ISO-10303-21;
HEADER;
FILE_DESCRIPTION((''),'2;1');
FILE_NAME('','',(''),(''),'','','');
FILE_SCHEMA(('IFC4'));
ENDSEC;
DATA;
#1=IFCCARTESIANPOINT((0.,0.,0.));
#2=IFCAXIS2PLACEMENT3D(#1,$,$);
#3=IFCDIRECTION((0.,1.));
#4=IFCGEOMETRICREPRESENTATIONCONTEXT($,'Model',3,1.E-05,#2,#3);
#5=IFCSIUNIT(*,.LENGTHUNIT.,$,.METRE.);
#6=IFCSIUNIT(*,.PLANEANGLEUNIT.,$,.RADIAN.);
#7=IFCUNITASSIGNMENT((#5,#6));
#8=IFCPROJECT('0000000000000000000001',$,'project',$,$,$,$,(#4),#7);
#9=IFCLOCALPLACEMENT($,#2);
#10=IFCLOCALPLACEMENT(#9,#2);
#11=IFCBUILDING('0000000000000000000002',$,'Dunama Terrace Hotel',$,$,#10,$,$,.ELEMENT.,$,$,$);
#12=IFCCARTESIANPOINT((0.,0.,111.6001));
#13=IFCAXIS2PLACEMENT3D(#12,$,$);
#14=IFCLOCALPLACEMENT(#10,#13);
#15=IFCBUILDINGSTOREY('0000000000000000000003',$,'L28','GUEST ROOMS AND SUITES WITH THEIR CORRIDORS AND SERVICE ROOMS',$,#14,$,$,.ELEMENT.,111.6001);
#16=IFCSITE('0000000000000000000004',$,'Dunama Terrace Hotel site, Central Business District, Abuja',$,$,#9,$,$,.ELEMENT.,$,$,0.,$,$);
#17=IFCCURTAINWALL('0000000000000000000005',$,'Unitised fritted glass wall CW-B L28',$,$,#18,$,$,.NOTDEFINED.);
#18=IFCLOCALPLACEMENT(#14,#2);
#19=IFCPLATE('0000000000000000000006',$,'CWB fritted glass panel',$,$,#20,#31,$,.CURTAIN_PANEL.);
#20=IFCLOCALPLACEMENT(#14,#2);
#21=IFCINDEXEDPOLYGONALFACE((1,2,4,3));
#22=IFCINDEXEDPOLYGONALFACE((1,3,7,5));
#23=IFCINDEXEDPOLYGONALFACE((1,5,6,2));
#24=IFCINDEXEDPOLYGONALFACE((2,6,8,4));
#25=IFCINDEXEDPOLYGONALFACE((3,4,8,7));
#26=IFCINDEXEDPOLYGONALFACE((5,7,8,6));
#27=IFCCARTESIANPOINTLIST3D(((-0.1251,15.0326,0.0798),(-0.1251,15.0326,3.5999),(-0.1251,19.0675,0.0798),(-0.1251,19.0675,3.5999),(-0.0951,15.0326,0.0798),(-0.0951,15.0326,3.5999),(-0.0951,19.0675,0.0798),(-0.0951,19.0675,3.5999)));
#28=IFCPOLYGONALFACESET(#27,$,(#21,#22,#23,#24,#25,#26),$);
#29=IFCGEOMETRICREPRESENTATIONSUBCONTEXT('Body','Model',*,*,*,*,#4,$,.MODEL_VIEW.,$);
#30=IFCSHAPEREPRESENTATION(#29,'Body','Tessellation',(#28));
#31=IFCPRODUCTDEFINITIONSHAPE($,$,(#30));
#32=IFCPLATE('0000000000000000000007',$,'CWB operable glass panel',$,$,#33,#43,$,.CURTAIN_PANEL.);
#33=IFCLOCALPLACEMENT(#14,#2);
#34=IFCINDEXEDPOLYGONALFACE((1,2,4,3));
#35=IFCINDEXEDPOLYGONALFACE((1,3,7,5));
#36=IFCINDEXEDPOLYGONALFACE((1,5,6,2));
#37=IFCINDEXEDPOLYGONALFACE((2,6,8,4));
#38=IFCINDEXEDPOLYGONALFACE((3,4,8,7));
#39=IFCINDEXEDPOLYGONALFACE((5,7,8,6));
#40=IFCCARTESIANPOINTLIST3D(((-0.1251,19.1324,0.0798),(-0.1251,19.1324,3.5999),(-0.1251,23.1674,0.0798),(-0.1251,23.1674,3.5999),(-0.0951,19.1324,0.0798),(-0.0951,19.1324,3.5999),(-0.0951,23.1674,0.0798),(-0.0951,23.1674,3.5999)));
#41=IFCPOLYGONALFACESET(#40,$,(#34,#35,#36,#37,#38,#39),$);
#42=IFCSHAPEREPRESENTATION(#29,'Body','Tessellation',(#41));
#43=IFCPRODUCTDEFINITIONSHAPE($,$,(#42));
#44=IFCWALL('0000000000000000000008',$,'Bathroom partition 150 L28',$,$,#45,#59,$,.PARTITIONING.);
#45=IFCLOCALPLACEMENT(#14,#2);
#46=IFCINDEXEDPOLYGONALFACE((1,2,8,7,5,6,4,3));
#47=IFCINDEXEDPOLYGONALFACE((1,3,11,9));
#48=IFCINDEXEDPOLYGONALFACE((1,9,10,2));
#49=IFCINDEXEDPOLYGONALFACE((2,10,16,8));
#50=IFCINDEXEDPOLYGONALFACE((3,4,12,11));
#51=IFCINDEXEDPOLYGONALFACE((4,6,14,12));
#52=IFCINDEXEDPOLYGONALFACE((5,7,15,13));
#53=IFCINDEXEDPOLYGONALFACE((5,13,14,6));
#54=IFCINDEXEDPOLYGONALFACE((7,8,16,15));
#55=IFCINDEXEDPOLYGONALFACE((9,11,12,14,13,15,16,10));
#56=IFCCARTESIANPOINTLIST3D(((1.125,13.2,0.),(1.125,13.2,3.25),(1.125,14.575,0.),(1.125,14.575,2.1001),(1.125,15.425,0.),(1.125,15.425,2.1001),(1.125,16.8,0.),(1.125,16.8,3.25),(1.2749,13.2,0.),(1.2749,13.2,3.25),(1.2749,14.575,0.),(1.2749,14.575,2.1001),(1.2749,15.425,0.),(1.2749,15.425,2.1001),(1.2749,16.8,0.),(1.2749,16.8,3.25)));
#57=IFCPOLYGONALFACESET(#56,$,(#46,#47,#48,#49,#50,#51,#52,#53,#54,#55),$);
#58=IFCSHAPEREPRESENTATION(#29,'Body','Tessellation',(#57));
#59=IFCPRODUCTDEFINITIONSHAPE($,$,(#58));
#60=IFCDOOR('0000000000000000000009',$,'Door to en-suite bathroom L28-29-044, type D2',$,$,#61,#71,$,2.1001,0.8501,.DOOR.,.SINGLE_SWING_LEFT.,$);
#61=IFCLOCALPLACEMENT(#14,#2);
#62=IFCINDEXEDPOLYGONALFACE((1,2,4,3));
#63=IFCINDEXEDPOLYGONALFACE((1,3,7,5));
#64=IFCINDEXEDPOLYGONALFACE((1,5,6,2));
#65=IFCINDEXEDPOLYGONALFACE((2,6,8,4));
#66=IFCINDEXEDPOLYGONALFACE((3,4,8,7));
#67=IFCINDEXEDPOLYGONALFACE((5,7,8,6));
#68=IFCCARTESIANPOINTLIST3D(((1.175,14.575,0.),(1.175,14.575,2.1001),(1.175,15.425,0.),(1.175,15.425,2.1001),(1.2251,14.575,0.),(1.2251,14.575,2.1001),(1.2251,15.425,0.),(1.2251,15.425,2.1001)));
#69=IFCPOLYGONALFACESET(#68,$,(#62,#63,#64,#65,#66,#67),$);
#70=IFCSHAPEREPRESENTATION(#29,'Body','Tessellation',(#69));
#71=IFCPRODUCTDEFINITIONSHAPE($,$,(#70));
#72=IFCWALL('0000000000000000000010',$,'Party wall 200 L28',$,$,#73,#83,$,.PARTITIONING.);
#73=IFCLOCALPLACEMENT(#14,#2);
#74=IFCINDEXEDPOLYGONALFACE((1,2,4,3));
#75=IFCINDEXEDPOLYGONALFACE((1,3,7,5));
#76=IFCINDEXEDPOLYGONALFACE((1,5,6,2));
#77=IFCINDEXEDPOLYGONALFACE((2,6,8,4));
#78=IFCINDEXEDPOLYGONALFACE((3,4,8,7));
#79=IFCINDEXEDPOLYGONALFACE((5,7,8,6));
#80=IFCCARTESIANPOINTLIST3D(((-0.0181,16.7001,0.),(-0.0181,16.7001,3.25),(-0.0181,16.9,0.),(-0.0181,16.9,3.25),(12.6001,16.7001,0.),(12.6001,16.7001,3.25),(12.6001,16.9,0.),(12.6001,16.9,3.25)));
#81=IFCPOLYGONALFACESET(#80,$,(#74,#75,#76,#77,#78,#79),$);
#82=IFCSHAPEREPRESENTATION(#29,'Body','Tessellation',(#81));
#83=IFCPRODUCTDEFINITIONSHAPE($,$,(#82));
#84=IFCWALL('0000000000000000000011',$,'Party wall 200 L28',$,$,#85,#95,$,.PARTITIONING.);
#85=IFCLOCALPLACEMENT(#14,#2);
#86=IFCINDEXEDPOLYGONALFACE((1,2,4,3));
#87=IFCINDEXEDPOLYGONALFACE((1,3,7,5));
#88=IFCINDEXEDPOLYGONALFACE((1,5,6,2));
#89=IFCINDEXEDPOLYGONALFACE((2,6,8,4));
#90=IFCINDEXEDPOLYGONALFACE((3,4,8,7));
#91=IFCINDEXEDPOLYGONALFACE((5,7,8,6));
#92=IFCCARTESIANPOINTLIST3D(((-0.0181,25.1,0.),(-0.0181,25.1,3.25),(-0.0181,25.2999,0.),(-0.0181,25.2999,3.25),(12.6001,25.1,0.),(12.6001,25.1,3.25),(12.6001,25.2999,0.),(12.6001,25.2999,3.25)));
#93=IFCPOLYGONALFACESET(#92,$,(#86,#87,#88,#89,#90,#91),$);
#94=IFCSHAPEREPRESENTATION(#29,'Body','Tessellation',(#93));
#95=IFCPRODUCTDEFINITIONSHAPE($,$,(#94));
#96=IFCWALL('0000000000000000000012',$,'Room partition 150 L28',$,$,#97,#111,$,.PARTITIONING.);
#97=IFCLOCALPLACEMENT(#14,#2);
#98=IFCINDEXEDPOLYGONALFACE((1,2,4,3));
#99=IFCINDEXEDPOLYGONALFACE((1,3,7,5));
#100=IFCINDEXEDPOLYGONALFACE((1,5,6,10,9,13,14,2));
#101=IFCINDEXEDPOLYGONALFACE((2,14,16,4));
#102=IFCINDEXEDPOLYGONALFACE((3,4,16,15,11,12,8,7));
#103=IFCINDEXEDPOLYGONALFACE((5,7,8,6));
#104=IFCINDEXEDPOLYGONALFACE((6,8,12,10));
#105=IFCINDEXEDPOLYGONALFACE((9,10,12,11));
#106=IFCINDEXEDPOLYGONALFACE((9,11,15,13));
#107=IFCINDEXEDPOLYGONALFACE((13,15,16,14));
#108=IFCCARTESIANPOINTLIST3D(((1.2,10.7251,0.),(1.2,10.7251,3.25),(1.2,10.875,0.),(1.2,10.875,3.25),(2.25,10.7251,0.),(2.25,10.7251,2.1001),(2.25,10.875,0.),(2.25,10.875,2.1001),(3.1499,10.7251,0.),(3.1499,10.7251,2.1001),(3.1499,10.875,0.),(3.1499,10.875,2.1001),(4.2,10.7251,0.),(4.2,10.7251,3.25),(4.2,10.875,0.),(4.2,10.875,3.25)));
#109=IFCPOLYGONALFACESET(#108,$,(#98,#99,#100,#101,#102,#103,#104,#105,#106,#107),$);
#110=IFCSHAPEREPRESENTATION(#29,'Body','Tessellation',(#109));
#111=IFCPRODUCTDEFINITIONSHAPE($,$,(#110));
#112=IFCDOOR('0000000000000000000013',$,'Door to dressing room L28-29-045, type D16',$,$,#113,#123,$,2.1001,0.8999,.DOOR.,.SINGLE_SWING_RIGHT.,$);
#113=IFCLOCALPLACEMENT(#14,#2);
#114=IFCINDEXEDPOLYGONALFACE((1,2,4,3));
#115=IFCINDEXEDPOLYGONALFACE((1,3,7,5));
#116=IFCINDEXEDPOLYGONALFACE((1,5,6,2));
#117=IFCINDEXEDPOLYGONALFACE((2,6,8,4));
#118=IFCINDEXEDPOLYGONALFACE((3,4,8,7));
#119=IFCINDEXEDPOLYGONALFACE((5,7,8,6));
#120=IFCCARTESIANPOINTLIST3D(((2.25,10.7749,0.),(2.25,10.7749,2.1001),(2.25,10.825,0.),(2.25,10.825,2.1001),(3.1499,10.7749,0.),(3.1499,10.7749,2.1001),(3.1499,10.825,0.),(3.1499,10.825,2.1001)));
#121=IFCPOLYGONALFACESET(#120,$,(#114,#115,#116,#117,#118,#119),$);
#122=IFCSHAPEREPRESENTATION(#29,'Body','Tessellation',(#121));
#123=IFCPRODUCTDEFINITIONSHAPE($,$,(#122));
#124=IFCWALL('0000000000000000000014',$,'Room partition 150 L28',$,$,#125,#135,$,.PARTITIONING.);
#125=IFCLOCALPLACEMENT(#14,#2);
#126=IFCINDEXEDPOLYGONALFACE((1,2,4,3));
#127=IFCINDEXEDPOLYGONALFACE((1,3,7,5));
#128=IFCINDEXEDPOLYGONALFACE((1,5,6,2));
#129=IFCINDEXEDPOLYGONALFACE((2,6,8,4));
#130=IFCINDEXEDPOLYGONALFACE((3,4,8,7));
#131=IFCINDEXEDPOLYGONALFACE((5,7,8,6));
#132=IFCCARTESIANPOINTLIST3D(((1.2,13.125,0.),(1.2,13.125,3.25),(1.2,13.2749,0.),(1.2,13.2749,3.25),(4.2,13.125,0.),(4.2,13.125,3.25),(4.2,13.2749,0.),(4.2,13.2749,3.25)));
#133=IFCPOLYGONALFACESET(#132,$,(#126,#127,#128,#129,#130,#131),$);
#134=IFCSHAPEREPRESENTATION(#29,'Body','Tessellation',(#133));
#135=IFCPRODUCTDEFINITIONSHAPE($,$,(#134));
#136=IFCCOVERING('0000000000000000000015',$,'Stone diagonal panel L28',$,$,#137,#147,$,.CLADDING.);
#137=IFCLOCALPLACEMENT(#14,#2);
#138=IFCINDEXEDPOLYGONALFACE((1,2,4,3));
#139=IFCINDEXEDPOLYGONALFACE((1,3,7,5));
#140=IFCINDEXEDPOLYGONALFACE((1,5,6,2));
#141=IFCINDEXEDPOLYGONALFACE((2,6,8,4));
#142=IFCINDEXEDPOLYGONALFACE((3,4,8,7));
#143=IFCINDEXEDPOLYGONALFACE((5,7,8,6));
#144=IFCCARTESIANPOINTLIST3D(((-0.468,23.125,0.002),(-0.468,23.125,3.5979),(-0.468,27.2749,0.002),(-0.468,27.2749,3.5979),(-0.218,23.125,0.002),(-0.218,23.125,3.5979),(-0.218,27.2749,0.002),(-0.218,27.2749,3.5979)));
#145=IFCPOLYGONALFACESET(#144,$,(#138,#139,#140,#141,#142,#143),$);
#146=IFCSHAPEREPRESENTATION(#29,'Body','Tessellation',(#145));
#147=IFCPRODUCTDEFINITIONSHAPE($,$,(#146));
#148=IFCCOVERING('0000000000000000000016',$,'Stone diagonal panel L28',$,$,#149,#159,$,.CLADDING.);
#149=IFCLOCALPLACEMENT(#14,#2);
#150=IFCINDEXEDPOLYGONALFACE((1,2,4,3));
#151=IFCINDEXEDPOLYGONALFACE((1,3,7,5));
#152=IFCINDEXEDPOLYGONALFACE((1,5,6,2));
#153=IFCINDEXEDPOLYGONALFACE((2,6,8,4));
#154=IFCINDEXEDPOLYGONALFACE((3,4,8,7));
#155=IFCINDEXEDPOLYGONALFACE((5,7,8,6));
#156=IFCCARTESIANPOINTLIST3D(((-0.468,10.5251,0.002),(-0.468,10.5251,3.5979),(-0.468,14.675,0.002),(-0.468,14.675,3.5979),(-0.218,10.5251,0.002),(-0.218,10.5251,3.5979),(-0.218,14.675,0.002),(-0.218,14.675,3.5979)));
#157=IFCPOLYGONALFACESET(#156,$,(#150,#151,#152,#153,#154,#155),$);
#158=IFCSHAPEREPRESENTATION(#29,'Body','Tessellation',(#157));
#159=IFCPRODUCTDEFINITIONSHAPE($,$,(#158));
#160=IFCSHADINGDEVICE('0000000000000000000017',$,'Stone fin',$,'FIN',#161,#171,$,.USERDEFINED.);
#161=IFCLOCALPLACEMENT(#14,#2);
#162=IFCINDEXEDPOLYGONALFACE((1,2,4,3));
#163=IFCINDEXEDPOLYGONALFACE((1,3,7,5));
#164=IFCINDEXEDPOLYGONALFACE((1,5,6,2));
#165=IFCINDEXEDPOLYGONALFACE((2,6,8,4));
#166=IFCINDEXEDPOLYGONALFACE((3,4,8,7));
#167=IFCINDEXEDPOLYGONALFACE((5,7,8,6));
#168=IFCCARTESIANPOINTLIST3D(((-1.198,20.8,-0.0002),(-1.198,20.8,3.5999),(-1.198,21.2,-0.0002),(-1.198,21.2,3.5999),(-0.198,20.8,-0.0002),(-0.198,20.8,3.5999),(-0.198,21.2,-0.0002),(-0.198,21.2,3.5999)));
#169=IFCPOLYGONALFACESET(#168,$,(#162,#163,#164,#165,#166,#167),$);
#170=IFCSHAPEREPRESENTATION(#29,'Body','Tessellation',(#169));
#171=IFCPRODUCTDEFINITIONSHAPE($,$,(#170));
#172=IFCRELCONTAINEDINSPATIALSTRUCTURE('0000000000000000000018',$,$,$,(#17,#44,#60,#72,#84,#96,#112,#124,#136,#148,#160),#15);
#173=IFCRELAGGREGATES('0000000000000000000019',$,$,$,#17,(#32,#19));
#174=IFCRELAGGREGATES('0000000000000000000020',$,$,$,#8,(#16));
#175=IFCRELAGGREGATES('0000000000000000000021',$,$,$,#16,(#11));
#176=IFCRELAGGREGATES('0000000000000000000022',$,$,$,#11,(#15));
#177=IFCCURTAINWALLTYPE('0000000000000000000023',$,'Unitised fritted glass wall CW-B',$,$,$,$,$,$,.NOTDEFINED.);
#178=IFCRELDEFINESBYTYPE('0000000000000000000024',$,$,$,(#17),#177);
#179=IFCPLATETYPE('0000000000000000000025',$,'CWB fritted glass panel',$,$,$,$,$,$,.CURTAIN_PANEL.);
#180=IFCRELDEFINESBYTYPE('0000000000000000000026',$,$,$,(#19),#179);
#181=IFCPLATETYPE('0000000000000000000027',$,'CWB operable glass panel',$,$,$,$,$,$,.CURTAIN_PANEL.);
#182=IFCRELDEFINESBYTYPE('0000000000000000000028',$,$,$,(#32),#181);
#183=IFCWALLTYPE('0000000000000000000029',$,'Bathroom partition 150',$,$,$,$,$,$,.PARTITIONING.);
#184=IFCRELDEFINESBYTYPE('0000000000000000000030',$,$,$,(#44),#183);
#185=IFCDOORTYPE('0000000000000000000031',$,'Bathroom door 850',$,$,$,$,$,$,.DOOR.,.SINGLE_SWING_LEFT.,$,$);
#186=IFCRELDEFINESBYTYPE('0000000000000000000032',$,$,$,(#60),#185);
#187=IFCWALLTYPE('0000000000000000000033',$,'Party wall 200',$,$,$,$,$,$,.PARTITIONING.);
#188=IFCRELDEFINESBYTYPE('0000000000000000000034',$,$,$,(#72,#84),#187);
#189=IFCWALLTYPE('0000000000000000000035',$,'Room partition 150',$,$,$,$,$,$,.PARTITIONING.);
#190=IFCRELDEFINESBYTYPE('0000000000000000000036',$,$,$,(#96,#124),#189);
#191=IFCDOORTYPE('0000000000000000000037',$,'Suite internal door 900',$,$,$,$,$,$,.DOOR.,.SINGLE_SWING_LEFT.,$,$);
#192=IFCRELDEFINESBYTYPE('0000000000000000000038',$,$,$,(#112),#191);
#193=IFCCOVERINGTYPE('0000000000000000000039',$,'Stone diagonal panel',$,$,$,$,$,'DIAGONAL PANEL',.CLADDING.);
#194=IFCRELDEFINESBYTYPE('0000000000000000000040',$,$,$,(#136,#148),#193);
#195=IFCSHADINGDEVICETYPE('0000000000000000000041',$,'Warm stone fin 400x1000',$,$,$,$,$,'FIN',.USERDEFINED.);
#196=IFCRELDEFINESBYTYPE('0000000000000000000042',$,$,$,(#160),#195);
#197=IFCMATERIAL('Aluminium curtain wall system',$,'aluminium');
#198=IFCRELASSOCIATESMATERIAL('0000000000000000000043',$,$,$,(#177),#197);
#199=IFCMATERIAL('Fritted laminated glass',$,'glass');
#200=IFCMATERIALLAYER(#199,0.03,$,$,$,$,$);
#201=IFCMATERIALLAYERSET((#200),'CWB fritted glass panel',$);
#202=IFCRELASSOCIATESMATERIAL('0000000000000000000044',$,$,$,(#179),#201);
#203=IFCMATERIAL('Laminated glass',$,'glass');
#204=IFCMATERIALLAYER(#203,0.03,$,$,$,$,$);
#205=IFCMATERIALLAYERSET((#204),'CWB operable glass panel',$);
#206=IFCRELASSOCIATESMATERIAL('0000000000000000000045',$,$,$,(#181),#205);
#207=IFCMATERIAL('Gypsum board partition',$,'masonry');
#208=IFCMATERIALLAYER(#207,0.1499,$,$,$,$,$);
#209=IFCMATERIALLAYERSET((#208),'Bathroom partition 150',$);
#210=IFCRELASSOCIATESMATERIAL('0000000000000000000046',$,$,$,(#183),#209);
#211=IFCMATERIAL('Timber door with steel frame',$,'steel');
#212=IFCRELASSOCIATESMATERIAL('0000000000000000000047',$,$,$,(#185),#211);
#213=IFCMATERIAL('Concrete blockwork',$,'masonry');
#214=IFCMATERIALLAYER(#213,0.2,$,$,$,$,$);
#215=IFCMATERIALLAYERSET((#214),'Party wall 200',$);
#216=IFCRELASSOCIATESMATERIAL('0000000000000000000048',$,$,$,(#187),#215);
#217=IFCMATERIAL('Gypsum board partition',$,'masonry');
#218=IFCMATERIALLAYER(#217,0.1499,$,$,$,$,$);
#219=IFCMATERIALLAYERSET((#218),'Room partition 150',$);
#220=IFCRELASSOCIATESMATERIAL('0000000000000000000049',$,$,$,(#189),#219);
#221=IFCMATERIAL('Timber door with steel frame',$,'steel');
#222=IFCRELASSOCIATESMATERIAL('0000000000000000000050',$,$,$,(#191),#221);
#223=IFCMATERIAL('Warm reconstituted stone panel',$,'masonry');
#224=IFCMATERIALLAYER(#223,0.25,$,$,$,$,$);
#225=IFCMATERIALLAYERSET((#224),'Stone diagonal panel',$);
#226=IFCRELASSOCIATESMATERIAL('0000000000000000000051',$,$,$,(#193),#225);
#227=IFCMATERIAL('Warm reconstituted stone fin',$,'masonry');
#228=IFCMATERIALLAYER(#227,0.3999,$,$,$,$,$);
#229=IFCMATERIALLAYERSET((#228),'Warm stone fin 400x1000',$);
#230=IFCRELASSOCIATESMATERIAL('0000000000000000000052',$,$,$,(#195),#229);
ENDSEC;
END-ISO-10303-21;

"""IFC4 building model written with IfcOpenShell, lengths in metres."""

from ifc_helpers import new_model, si_unit, direction, frame, frame_2d, origin, origin_2d, place, context, subcontext, project, spatial, rectangle, extrude, material, layer, layer_set, type_object, element, fill, aggregate, save


model = new_model("IFC4")

# Units and contexts
model_context = context("Model", 3, precision=1e-05, world=origin(), true_north=direction((0.0, 1.0)))
body_context = subcontext(model_context, "Body", "Model", "MODEL_VIEW")
ifc_project = project(units=[si_unit("LENGTHUNIT", "METRE"), si_unit("PLANEANGLEUNIT", "RADIAN")], contexts=[model_context])

# Site, building, storey
site_placement = place(None, origin())
site = spatial("IfcSite", under=ifc_project, at=site_placement, Name="Dunama Terrace Hotel site, Central Business District, Abuja", CompositionType="ELEMENT", RefElevation=0.0)
building_placement = place(site_placement, origin())
building = spatial("IfcBuilding", under=site, at=building_placement, Name="Dunama Terrace Hotel", CompositionType="ELEMENT")
storey_placement = place(building_placement, frame((0.0, 0.0, 111.6001)))
storey = spatial("IfcBuildingStorey", under=building, at=storey_placement, Name="L28", Description="GUEST ROOMS AND SUITES WITH THEIR CORRIDORS AND SERVICE ROOMS", CompositionType="ELEMENT", Elevation=111.6001)

# Curtain wall
ifc_material_1 = material(Name="Aluminium curtain wall system", Category="aluminium")
curtain_wall_type = type_object("IfcCurtainWallType", Name="Unitised fritted glass wall CW-B", PredefinedType="NOTDEFINED", material=ifc_material_1)
curtain_wall_placement = place(storey_placement, origin())
curtain_wall = element("IfcCurtainWall", 1, at=curtain_wall_placement, inside=storey, type_object=curtain_wall_type, Name="Unitised fritted glass wall CW-B L28", PredefinedType="NOTDEFINED")

# Plates
ifc_material_2 = material(Name="Fritted laminated glass", Category="glass")
ifc_layer_1 = layer(ifc_material_2, 0.03)
ifc_layer_set_1 = layer_set([ifc_layer_1], Name="CWB fritted glass panel")
plate_type_1 = type_object("IfcPlateType", Name="CWB fritted glass panel", PredefinedType="CURTAIN_PANEL", material=ifc_layer_set_1)
plate_1_placement = place(storey_placement, frame((-0.1101, 17.05, 0.0798), z_axis=(0.0, 0.0, 1.0), x_axis=(0.0, -1.0, 0.0)))
plate_1 = element("IfcPlate", 2, at=plate_1_placement, type_object=plate_type_1, Name="CWB fritted glass panel", PredefinedType="CURTAIN_PANEL", context=body_context, shape_type="SweptSolid", body=[
    extrude(rectangle(XDim=4.0349, YDim=0.03, at=origin_2d()), origin(), (0.0, 0.0, 1.0), 3.52),
])
ifc_material_3 = material(Name="Laminated glass", Category="glass")
ifc_layer_2 = layer(ifc_material_3, 0.03)
ifc_layer_set_2 = layer_set([ifc_layer_2], Name="CWB operable glass panel")
plate_type_2 = type_object("IfcPlateType", Name="CWB operable glass panel", PredefinedType="CURTAIN_PANEL", material=ifc_layer_set_2)
plate_2_placement = place(storey_placement, frame((-0.1101, 21.1499, 0.0798), z_axis=(0.0, 0.0, 1.0), x_axis=(0.0, -1.0, 0.0)))
plate_2 = element("IfcPlate", 3, at=plate_2_placement, type_object=plate_type_2, Name="CWB operable glass panel", PredefinedType="CURTAIN_PANEL", context=body_context, shape_type="SweptSolid", body=[
    extrude(rectangle(XDim=4.0349, YDim=0.03, at=origin_2d()), origin(), (0.0, 0.0, 1.0), 3.52),
])
aggregate(curtain_wall, [plate_2, plate_1])

# Wall, opening, door
ifc_material_4 = material(Name="Gypsum board partition", Category="masonry")
ifc_layer_3 = layer(ifc_material_4, 0.1499)
ifc_layer_set_3 = layer_set([ifc_layer_3], Name="Bathroom partition 150")
wall_type_1 = type_object("IfcWallType", Name="Bathroom partition 150", PredefinedType="PARTITIONING", material=ifc_layer_set_3)
wall_1_placement = place(storey_placement, frame((1.2, 13.2, 0.0), z_axis=(0.0, 0.0, 1.0), x_axis=(0.0, 1.0, 0.0)))
wall_1 = element("IfcWall", 4, at=wall_1_placement, inside=storey, type_object=wall_type_1, Name="Bathroom partition 150 L28", PredefinedType="PARTITIONING", context=body_context, shape_type="SweptSolid", body=[
    extrude(rectangle(XDim=3.6001, YDim=0.1499, at=frame_2d((1.8, 0.0))), origin(), (0.0, 0.0, 1.0), 3.25),
])
opening_1_placement = place(wall_1_placement, frame((1.375, 0.0, 0.0)))
opening_1 = element("IfcOpeningElement", 5, at=opening_1_placement, cuts=wall_1, PredefinedType="OPENING", context=body_context, shape_type="SweptSolid", body=[
    extrude(rectangle(XDim=0.8501, YDim=2.1001, at=frame_2d((0.425, 1.05))), frame((0.0, 0.085, 0.0), z_axis=(0.0, -1.0, 0.0), x_axis=(1.0, 0.0, 0.0)), (0.0, 0.0, 1.0), 0.1699),
])
ifc_material_5 = material(Name="Timber door with steel frame", Category="steel")
door_type_1 = type_object("IfcDoorType", Name="Bathroom door 850", OperationType="SINGLE_SWING_LEFT", PredefinedType="DOOR", material=ifc_material_5)
door_1_placement = place(opening_1_placement, frame((0.8501, 0.0, 0.0), z_axis=(0.0, 0.0, 1.0), x_axis=(-1.0, 0.0, 0.0)))
door_1 = element("IfcDoor", 6, at=door_1_placement, inside=storey, type_object=door_type_1, Name="Door to en-suite bathroom L28-29-044, type D2", OperationType="SINGLE_SWING_LEFT", OverallHeight=2.1001, OverallWidth=0.8501, PredefinedType="DOOR", context=body_context, shape_type="SweptSolid", body=[
    extrude(rectangle(XDim=0.8501, YDim=2.1001, at=frame_2d((0.425, 1.05))), frame((0.0, 0.0251, 0.0), z_axis=(0.0, -1.0, 0.0), x_axis=(1.0, 0.0, 0.0)), (0.0, 0.0, 1.0), 0.05),
])
fill(opening_1, door_1)

# Walls
ifc_material_6 = material(Name="Concrete blockwork", Category="masonry")
ifc_layer_4 = layer(ifc_material_6, 0.2)
ifc_layer_set_4 = layer_set([ifc_layer_4], Name="Party wall 200")
wall_type_2 = type_object("IfcWallType", Name="Party wall 200", PredefinedType="PARTITIONING", material=ifc_layer_set_4)
for number, where, z_axis, x_axis, name in (
    (7, (-0.0181, 16.8, 0.0), (0.0, 0.0, 1.0), (1.0, 0.0, 0.0), "Party wall 200 L28"),
    (8, (-0.0181, 25.2, 0.0), (0.0, 0.0, 1.0), (1.0, 0.0, 0.0), "Party wall 200 L28"),
):
    element("IfcWall", number, at=place(storey_placement, frame(where, z_axis=z_axis, x_axis=x_axis)), inside=storey, type_object=wall_type_2, Name=name, PredefinedType="PARTITIONING", context=body_context, shape_type="SweptSolid", body=[
        extrude(rectangle(XDim=12.6182, YDim=0.2, at=frame_2d((6.3091, 0.0))), origin(), (0.0, 0.0, 1.0), 3.25),
    ])

# Wall, opening, door
ifc_material_7 = material(Name="Gypsum board partition", Category="masonry")
ifc_layer_5 = layer(ifc_material_7, 0.1499)
ifc_layer_set_5 = layer_set([ifc_layer_5], Name="Room partition 150")
wall_type_3 = type_object("IfcWallType", Name="Room partition 150", PredefinedType="PARTITIONING", material=ifc_layer_set_5)
wall_2_placement = place(storey_placement, frame((1.2, 10.8, 0.0), z_axis=(0.0, 0.0, 1.0), x_axis=(1.0, 0.0, 0.0)))
wall_2 = element("IfcWall", 9, at=wall_2_placement, inside=storey, type_object=wall_type_3, Name="Room partition 150 L28", PredefinedType="PARTITIONING", context=body_context, shape_type="SweptSolid", body=[
    extrude(rectangle(XDim=3.0, YDim=0.1499, at=frame_2d((1.5, 0.0))), origin(), (0.0, 0.0, 1.0), 3.25),
])
opening_2_placement = place(wall_2_placement, frame((1.05, 0.0, 0.0)))
opening_2 = element("IfcOpeningElement", 10, at=opening_2_placement, cuts=wall_2, PredefinedType="OPENING", context=body_context, shape_type="SweptSolid", body=[
    extrude(rectangle(XDim=0.8999, YDim=2.1001, at=frame_2d((0.45, 1.05))), frame((0.0, 0.085, 0.0), z_axis=(0.0, -1.0, 0.0), x_axis=(1.0, 0.0, 0.0)), (0.0, 0.0, 1.0), 0.1699),
])
ifc_material_8 = material(Name="Timber door with steel frame", Category="steel")
door_type_2 = type_object("IfcDoorType", Name="Suite internal door 900", OperationType="SINGLE_SWING_LEFT", PredefinedType="DOOR", material=ifc_material_8)
door_2_placement = place(opening_2_placement, origin())
door_2 = element("IfcDoor", 11, at=door_2_placement, inside=storey, type_object=door_type_2, Name="Door to dressing room L28-29-045, type D16", OperationType="SINGLE_SWING_RIGHT", OverallHeight=2.1001, OverallWidth=0.8999, PredefinedType="DOOR", context=body_context, shape_type="SweptSolid", body=[
    extrude(rectangle(XDim=0.8999, YDim=2.1001, at=frame_2d((0.45, 1.05))), frame((0.0, 0.0249, 0.0), z_axis=(0.0, -1.0, 0.0), x_axis=(1.0, 0.0, 0.0)), (0.0, 0.0, 1.0), 0.05),
])
fill(opening_2, door_2)

# Wall
wall_3_placement = place(storey_placement, frame((1.2, 13.2, 0.0), z_axis=(0.0, 0.0, 1.0), x_axis=(1.0, 0.0, 0.0)))
element("IfcWall", 12, at=wall_3_placement, inside=storey, type_object=wall_type_3, Name="Room partition 150 L28", PredefinedType="PARTITIONING", context=body_context, shape_type="SweptSolid", body=[
    extrude(rectangle(XDim=3.0, YDim=0.1499, at=frame_2d((1.5, 0.0))), origin(), (0.0, 0.0, 1.0), 3.25),
])

# Coverings
ifc_material_9 = material(Name="Warm reconstituted stone panel", Category="masonry")
ifc_layer_6 = layer(ifc_material_9, 0.25)
ifc_layer_set_6 = layer_set([ifc_layer_6], Name="Stone diagonal panel")
covering_type = type_object("IfcCoveringType", Name="Stone diagonal panel", ElementType="DIAGONAL PANEL", PredefinedType="CLADDING", material=ifc_layer_set_6)
for number, where, z_axis, x_axis, name in (
    (13, (-0.343, 25.2, 0.002), (0.0, 0.0, 1.0), (0.0, -1.0, 0.0), "Stone diagonal panel L28"),
    (14, (-0.343, 12.6001, 0.002), (0.0, 0.0, 1.0), (0.0, -1.0, 0.0), "Stone diagonal panel L28"),
):
    element("IfcCovering", number, at=place(storey_placement, frame(where, z_axis=z_axis, x_axis=x_axis)), inside=storey, type_object=covering_type, Name=name, PredefinedType="CLADDING", context=body_context, shape_type="SweptSolid", body=[
        extrude(rectangle(XDim=4.1499, YDim=0.25, at=origin_2d()), origin(), (0.0, 0.0, 1.0), 3.5959),
    ])

# Shading device
ifc_material_10 = material(Name="Warm reconstituted stone fin", Category="masonry")
ifc_layer_7 = layer(ifc_material_10, 0.3999)
ifc_layer_set_7 = layer_set([ifc_layer_7], Name="Warm stone fin 400x1000")
shading_device_type = type_object("IfcShadingDeviceType", Name="Warm stone fin 400x1000", ElementType="FIN", PredefinedType="USERDEFINED", material=ifc_layer_set_7)
shading_device_placement = place(storey_placement, frame((-0.698, 21.0, -0.0002), z_axis=(0.0, 0.0, 1.0), x_axis=(0.0, -1.0, 0.0)))
element("IfcShadingDevice", 15, at=shading_device_placement, inside=storey, type_object=shading_device_type, Name="Stone fin", ObjectType="FIN", PredefinedType="USERDEFINED", context=body_context, shape_type="SweptSolid", body=[
    extrude(rectangle(XDim=0.3999, YDim=1.0, at=origin_2d()), origin(), (0.0, 0.0, 1.0), 3.6001),
])

save(model, "model.ifc")
